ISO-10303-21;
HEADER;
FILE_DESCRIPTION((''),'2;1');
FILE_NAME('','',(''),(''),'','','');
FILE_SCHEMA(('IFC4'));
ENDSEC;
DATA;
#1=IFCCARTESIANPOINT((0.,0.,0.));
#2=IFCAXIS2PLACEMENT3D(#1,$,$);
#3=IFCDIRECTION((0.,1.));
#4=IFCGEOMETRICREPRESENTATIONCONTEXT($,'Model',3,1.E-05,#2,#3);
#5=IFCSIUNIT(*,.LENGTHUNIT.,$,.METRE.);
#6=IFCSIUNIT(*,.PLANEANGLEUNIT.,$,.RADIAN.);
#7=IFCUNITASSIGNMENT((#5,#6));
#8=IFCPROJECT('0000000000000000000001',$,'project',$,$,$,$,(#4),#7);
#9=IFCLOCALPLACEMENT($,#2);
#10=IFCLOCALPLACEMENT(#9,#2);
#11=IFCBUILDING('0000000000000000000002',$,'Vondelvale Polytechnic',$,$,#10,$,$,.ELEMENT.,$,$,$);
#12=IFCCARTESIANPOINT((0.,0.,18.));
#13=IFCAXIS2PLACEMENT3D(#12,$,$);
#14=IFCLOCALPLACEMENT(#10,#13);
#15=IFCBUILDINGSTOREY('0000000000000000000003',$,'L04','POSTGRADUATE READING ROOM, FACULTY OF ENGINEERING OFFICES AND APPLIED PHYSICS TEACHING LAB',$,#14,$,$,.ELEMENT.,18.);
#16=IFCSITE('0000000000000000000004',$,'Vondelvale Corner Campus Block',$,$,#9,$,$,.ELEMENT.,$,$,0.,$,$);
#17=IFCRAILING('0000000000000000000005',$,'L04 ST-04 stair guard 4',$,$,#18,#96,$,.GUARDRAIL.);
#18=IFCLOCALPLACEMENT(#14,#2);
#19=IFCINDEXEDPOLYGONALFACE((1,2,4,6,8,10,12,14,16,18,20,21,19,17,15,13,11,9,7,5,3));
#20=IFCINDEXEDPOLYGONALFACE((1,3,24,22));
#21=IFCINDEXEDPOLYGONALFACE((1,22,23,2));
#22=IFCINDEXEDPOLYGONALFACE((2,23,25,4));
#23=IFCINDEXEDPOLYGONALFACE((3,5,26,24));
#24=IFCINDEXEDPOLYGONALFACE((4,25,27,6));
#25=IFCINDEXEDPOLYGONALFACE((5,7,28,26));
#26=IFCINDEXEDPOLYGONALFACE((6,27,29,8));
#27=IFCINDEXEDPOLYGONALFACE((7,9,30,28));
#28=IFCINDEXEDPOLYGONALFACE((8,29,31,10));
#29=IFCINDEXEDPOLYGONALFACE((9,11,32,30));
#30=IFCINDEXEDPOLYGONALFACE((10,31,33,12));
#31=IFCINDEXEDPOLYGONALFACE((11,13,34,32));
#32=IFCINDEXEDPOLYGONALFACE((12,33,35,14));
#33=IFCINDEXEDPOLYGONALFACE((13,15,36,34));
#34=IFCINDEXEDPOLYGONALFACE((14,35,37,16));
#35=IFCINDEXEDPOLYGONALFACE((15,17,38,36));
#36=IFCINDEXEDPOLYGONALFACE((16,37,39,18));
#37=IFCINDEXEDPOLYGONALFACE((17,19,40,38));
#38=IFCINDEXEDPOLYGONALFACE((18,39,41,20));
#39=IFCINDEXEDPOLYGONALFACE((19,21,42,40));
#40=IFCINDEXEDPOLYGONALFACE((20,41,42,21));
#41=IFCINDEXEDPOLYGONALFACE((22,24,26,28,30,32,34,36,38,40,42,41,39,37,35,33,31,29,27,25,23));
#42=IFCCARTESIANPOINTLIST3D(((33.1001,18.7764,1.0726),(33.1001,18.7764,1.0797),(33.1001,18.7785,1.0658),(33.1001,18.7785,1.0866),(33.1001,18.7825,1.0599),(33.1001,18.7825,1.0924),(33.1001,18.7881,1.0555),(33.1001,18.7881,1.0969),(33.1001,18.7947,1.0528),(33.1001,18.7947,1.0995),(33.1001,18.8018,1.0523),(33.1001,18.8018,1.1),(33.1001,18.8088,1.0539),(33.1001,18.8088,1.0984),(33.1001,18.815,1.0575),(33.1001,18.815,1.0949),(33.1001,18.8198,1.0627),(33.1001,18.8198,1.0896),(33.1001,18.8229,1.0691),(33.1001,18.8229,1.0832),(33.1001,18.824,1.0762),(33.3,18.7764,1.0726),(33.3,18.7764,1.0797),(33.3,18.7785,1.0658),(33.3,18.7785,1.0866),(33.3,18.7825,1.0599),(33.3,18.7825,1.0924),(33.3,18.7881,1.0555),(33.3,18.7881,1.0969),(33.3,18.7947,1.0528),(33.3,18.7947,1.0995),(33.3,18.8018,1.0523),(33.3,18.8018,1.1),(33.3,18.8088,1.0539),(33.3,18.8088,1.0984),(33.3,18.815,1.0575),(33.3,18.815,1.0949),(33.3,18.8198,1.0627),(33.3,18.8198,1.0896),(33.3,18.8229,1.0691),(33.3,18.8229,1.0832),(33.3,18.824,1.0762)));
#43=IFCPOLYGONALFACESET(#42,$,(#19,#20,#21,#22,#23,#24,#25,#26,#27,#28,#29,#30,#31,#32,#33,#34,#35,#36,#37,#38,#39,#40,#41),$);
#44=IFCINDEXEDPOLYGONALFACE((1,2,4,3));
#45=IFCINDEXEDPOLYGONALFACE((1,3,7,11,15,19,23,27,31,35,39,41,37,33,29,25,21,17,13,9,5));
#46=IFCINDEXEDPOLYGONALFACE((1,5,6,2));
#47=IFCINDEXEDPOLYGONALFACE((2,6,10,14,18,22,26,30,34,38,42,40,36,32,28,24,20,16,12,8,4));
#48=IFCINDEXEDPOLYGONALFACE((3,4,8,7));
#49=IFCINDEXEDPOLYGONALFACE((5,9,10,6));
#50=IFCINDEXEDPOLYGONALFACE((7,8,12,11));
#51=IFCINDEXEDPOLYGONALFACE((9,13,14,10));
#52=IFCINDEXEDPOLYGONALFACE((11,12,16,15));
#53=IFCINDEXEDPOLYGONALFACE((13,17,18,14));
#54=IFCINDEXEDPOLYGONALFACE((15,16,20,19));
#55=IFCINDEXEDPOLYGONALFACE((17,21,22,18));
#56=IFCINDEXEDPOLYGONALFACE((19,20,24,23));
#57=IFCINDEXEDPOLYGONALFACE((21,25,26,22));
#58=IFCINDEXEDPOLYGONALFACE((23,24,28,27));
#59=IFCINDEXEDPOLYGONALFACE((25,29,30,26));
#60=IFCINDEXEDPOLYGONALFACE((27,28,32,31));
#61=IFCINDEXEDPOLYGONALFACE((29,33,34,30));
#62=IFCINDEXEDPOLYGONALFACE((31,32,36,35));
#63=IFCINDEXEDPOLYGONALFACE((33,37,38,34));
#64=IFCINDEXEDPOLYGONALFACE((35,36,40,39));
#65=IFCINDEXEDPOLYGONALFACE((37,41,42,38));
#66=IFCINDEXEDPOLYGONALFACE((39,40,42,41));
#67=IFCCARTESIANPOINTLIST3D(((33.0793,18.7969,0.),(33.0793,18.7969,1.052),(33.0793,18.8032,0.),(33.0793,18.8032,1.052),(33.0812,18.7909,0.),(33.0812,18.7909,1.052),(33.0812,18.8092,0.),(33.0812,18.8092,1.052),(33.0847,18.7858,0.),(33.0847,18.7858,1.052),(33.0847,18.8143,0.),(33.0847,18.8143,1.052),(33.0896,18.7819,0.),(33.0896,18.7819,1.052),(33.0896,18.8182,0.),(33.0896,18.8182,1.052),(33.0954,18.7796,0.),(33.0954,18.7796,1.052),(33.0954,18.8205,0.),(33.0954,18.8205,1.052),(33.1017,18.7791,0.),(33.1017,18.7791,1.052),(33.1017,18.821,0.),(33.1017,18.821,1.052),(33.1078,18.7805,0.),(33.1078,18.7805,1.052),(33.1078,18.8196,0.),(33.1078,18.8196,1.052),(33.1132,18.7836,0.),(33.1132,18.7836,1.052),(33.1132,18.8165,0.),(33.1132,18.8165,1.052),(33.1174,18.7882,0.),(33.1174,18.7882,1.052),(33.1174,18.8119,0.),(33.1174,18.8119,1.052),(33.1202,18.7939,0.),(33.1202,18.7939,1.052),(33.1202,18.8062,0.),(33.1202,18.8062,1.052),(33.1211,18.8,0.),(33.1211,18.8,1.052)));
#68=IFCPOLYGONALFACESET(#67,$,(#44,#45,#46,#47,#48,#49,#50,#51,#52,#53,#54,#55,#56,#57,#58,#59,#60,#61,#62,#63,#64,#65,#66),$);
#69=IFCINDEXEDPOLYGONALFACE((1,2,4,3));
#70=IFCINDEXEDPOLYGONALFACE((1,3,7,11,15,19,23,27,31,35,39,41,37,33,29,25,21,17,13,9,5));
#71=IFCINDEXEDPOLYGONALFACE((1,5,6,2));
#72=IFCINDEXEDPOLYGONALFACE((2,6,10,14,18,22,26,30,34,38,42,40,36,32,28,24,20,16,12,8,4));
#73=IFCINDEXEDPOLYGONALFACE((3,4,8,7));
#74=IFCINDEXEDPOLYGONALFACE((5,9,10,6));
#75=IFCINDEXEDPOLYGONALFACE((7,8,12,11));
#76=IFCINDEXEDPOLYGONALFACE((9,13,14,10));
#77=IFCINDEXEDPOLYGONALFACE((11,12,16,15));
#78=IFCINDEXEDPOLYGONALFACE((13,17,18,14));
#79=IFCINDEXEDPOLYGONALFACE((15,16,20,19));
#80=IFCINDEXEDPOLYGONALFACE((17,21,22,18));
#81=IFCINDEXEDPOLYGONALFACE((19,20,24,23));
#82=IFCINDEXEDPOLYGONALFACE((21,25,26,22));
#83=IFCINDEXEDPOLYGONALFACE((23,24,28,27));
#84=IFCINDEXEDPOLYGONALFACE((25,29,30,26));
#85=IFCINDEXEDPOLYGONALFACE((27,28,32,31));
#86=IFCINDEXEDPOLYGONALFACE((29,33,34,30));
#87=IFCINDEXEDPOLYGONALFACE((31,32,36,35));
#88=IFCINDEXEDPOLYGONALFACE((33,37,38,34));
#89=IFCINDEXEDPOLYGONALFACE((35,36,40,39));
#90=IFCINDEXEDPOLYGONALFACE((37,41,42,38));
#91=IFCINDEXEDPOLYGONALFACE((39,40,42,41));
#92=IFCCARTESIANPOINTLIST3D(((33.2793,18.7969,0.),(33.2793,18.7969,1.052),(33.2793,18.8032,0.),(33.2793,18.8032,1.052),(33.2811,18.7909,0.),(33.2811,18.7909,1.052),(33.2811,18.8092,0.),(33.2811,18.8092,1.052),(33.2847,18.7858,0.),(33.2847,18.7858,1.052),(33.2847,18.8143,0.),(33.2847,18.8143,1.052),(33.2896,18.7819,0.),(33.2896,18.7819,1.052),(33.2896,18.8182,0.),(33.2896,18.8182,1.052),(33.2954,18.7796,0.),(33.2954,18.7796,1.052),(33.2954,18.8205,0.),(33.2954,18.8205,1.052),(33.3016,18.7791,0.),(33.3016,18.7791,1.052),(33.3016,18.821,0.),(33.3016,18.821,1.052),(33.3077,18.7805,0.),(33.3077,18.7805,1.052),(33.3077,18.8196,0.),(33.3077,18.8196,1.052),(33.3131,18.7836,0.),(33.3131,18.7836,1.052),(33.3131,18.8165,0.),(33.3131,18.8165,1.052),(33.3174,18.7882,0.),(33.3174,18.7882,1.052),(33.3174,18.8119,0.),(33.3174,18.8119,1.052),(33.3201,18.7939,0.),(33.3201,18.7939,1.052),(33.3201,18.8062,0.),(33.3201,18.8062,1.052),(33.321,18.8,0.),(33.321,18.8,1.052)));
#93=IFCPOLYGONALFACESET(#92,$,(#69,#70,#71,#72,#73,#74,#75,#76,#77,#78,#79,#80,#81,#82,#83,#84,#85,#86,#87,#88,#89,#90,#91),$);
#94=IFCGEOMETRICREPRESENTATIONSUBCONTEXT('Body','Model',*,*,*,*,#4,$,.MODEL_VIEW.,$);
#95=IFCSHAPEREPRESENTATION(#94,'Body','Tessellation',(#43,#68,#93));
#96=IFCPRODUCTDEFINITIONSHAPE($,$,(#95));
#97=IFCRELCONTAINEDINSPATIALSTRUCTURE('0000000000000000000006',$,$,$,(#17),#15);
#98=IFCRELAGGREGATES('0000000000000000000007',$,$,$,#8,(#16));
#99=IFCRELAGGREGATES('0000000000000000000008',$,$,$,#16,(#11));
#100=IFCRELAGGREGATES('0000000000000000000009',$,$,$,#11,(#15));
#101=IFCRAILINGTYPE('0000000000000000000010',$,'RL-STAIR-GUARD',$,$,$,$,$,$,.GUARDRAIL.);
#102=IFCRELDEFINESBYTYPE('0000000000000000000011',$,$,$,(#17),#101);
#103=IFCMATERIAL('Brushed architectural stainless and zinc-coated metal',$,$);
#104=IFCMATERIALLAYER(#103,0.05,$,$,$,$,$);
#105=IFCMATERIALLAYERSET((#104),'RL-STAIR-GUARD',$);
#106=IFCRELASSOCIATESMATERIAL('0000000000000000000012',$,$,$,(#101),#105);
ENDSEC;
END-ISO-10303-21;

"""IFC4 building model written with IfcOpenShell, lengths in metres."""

from ifc_helpers import new_model, si_unit, direction, frame, origin, origin_2d, place, context, subcontext, project, spatial, circle, extrude, material, layer, layer_set, type_object, element, save


model = new_model("IFC4")

# Units and contexts
model_context = context("Model", 3, precision=1e-05, world=origin(), true_north=direction((0.0, 1.0)))
body_context = subcontext(model_context, "Body", "Model", "MODEL_VIEW")
ifc_project = project(units=[si_unit("LENGTHUNIT", "METRE"), si_unit("PLANEANGLEUNIT", "RADIAN")], contexts=[model_context])

# Site, building, storey
site_placement = place(None, origin())
site = spatial("IfcSite", under=ifc_project, at=site_placement, Name="Vondelvale Corner Campus Block", CompositionType="ELEMENT", RefElevation=0.0)
building_placement = place(site_placement, origin())
building = spatial("IfcBuilding", under=site, at=building_placement, Name="Vondelvale Polytechnic", CompositionType="ELEMENT")
storey_placement = place(building_placement, frame((0.0, 0.0, 18.0)))
storey = spatial("IfcBuildingStorey", under=building, at=storey_placement, Name="L04", Description="POSTGRADUATE READING ROOM, FACULTY OF ENGINEERING OFFICES AND APPLIED PHYSICS TEACHING LAB", CompositionType="ELEMENT", Elevation=18.0)

# Shared definitions
ifc_material_1 = material(Name="Brushed architectural stainless and zinc-coated metal")

# Railing
ifc_layer_1 = layer(ifc_material_1, 0.05)
ifc_layer_set_1 = layer_set([ifc_layer_1], Name="RL-STAIR-GUARD")
railing_type_1 = type_object("IfcRailingType", Name="RL-STAIR-GUARD", PredefinedType="GUARDRAIL", material=ifc_layer_set_1)
railing_1_placement = place(storey_placement, frame((33.1001, 18.8, 0.0)))
element("IfcRailing", 1, at=railing_1_placement, inside=storey, type_object=railing_type_1, Name="L04 ST-04 stair guard 4", PredefinedType="GUARDRAIL", context=body_context, shape_type="SweptSolid", body=[
    extrude(circle(Radius=0.0239, at=origin_2d()), frame((0.0, 0.0, 1.0762), z_axis=(1.0, 0.0, 0.0), x_axis=(0.0, 1.0, 0.0)), (0.0, 0.0, 1.0), 0.2),
    extrude(circle(Radius=0.021, at=origin_2d()), origin(), (0.0, 0.0, 1.0), 1.052),
    extrude(circle(Radius=0.021, at=origin_2d()), frame((0.2, 0.0, 0.0)), (0.0, 0.0, 1.0), 1.052),
])

save(model, "model.ifc")
